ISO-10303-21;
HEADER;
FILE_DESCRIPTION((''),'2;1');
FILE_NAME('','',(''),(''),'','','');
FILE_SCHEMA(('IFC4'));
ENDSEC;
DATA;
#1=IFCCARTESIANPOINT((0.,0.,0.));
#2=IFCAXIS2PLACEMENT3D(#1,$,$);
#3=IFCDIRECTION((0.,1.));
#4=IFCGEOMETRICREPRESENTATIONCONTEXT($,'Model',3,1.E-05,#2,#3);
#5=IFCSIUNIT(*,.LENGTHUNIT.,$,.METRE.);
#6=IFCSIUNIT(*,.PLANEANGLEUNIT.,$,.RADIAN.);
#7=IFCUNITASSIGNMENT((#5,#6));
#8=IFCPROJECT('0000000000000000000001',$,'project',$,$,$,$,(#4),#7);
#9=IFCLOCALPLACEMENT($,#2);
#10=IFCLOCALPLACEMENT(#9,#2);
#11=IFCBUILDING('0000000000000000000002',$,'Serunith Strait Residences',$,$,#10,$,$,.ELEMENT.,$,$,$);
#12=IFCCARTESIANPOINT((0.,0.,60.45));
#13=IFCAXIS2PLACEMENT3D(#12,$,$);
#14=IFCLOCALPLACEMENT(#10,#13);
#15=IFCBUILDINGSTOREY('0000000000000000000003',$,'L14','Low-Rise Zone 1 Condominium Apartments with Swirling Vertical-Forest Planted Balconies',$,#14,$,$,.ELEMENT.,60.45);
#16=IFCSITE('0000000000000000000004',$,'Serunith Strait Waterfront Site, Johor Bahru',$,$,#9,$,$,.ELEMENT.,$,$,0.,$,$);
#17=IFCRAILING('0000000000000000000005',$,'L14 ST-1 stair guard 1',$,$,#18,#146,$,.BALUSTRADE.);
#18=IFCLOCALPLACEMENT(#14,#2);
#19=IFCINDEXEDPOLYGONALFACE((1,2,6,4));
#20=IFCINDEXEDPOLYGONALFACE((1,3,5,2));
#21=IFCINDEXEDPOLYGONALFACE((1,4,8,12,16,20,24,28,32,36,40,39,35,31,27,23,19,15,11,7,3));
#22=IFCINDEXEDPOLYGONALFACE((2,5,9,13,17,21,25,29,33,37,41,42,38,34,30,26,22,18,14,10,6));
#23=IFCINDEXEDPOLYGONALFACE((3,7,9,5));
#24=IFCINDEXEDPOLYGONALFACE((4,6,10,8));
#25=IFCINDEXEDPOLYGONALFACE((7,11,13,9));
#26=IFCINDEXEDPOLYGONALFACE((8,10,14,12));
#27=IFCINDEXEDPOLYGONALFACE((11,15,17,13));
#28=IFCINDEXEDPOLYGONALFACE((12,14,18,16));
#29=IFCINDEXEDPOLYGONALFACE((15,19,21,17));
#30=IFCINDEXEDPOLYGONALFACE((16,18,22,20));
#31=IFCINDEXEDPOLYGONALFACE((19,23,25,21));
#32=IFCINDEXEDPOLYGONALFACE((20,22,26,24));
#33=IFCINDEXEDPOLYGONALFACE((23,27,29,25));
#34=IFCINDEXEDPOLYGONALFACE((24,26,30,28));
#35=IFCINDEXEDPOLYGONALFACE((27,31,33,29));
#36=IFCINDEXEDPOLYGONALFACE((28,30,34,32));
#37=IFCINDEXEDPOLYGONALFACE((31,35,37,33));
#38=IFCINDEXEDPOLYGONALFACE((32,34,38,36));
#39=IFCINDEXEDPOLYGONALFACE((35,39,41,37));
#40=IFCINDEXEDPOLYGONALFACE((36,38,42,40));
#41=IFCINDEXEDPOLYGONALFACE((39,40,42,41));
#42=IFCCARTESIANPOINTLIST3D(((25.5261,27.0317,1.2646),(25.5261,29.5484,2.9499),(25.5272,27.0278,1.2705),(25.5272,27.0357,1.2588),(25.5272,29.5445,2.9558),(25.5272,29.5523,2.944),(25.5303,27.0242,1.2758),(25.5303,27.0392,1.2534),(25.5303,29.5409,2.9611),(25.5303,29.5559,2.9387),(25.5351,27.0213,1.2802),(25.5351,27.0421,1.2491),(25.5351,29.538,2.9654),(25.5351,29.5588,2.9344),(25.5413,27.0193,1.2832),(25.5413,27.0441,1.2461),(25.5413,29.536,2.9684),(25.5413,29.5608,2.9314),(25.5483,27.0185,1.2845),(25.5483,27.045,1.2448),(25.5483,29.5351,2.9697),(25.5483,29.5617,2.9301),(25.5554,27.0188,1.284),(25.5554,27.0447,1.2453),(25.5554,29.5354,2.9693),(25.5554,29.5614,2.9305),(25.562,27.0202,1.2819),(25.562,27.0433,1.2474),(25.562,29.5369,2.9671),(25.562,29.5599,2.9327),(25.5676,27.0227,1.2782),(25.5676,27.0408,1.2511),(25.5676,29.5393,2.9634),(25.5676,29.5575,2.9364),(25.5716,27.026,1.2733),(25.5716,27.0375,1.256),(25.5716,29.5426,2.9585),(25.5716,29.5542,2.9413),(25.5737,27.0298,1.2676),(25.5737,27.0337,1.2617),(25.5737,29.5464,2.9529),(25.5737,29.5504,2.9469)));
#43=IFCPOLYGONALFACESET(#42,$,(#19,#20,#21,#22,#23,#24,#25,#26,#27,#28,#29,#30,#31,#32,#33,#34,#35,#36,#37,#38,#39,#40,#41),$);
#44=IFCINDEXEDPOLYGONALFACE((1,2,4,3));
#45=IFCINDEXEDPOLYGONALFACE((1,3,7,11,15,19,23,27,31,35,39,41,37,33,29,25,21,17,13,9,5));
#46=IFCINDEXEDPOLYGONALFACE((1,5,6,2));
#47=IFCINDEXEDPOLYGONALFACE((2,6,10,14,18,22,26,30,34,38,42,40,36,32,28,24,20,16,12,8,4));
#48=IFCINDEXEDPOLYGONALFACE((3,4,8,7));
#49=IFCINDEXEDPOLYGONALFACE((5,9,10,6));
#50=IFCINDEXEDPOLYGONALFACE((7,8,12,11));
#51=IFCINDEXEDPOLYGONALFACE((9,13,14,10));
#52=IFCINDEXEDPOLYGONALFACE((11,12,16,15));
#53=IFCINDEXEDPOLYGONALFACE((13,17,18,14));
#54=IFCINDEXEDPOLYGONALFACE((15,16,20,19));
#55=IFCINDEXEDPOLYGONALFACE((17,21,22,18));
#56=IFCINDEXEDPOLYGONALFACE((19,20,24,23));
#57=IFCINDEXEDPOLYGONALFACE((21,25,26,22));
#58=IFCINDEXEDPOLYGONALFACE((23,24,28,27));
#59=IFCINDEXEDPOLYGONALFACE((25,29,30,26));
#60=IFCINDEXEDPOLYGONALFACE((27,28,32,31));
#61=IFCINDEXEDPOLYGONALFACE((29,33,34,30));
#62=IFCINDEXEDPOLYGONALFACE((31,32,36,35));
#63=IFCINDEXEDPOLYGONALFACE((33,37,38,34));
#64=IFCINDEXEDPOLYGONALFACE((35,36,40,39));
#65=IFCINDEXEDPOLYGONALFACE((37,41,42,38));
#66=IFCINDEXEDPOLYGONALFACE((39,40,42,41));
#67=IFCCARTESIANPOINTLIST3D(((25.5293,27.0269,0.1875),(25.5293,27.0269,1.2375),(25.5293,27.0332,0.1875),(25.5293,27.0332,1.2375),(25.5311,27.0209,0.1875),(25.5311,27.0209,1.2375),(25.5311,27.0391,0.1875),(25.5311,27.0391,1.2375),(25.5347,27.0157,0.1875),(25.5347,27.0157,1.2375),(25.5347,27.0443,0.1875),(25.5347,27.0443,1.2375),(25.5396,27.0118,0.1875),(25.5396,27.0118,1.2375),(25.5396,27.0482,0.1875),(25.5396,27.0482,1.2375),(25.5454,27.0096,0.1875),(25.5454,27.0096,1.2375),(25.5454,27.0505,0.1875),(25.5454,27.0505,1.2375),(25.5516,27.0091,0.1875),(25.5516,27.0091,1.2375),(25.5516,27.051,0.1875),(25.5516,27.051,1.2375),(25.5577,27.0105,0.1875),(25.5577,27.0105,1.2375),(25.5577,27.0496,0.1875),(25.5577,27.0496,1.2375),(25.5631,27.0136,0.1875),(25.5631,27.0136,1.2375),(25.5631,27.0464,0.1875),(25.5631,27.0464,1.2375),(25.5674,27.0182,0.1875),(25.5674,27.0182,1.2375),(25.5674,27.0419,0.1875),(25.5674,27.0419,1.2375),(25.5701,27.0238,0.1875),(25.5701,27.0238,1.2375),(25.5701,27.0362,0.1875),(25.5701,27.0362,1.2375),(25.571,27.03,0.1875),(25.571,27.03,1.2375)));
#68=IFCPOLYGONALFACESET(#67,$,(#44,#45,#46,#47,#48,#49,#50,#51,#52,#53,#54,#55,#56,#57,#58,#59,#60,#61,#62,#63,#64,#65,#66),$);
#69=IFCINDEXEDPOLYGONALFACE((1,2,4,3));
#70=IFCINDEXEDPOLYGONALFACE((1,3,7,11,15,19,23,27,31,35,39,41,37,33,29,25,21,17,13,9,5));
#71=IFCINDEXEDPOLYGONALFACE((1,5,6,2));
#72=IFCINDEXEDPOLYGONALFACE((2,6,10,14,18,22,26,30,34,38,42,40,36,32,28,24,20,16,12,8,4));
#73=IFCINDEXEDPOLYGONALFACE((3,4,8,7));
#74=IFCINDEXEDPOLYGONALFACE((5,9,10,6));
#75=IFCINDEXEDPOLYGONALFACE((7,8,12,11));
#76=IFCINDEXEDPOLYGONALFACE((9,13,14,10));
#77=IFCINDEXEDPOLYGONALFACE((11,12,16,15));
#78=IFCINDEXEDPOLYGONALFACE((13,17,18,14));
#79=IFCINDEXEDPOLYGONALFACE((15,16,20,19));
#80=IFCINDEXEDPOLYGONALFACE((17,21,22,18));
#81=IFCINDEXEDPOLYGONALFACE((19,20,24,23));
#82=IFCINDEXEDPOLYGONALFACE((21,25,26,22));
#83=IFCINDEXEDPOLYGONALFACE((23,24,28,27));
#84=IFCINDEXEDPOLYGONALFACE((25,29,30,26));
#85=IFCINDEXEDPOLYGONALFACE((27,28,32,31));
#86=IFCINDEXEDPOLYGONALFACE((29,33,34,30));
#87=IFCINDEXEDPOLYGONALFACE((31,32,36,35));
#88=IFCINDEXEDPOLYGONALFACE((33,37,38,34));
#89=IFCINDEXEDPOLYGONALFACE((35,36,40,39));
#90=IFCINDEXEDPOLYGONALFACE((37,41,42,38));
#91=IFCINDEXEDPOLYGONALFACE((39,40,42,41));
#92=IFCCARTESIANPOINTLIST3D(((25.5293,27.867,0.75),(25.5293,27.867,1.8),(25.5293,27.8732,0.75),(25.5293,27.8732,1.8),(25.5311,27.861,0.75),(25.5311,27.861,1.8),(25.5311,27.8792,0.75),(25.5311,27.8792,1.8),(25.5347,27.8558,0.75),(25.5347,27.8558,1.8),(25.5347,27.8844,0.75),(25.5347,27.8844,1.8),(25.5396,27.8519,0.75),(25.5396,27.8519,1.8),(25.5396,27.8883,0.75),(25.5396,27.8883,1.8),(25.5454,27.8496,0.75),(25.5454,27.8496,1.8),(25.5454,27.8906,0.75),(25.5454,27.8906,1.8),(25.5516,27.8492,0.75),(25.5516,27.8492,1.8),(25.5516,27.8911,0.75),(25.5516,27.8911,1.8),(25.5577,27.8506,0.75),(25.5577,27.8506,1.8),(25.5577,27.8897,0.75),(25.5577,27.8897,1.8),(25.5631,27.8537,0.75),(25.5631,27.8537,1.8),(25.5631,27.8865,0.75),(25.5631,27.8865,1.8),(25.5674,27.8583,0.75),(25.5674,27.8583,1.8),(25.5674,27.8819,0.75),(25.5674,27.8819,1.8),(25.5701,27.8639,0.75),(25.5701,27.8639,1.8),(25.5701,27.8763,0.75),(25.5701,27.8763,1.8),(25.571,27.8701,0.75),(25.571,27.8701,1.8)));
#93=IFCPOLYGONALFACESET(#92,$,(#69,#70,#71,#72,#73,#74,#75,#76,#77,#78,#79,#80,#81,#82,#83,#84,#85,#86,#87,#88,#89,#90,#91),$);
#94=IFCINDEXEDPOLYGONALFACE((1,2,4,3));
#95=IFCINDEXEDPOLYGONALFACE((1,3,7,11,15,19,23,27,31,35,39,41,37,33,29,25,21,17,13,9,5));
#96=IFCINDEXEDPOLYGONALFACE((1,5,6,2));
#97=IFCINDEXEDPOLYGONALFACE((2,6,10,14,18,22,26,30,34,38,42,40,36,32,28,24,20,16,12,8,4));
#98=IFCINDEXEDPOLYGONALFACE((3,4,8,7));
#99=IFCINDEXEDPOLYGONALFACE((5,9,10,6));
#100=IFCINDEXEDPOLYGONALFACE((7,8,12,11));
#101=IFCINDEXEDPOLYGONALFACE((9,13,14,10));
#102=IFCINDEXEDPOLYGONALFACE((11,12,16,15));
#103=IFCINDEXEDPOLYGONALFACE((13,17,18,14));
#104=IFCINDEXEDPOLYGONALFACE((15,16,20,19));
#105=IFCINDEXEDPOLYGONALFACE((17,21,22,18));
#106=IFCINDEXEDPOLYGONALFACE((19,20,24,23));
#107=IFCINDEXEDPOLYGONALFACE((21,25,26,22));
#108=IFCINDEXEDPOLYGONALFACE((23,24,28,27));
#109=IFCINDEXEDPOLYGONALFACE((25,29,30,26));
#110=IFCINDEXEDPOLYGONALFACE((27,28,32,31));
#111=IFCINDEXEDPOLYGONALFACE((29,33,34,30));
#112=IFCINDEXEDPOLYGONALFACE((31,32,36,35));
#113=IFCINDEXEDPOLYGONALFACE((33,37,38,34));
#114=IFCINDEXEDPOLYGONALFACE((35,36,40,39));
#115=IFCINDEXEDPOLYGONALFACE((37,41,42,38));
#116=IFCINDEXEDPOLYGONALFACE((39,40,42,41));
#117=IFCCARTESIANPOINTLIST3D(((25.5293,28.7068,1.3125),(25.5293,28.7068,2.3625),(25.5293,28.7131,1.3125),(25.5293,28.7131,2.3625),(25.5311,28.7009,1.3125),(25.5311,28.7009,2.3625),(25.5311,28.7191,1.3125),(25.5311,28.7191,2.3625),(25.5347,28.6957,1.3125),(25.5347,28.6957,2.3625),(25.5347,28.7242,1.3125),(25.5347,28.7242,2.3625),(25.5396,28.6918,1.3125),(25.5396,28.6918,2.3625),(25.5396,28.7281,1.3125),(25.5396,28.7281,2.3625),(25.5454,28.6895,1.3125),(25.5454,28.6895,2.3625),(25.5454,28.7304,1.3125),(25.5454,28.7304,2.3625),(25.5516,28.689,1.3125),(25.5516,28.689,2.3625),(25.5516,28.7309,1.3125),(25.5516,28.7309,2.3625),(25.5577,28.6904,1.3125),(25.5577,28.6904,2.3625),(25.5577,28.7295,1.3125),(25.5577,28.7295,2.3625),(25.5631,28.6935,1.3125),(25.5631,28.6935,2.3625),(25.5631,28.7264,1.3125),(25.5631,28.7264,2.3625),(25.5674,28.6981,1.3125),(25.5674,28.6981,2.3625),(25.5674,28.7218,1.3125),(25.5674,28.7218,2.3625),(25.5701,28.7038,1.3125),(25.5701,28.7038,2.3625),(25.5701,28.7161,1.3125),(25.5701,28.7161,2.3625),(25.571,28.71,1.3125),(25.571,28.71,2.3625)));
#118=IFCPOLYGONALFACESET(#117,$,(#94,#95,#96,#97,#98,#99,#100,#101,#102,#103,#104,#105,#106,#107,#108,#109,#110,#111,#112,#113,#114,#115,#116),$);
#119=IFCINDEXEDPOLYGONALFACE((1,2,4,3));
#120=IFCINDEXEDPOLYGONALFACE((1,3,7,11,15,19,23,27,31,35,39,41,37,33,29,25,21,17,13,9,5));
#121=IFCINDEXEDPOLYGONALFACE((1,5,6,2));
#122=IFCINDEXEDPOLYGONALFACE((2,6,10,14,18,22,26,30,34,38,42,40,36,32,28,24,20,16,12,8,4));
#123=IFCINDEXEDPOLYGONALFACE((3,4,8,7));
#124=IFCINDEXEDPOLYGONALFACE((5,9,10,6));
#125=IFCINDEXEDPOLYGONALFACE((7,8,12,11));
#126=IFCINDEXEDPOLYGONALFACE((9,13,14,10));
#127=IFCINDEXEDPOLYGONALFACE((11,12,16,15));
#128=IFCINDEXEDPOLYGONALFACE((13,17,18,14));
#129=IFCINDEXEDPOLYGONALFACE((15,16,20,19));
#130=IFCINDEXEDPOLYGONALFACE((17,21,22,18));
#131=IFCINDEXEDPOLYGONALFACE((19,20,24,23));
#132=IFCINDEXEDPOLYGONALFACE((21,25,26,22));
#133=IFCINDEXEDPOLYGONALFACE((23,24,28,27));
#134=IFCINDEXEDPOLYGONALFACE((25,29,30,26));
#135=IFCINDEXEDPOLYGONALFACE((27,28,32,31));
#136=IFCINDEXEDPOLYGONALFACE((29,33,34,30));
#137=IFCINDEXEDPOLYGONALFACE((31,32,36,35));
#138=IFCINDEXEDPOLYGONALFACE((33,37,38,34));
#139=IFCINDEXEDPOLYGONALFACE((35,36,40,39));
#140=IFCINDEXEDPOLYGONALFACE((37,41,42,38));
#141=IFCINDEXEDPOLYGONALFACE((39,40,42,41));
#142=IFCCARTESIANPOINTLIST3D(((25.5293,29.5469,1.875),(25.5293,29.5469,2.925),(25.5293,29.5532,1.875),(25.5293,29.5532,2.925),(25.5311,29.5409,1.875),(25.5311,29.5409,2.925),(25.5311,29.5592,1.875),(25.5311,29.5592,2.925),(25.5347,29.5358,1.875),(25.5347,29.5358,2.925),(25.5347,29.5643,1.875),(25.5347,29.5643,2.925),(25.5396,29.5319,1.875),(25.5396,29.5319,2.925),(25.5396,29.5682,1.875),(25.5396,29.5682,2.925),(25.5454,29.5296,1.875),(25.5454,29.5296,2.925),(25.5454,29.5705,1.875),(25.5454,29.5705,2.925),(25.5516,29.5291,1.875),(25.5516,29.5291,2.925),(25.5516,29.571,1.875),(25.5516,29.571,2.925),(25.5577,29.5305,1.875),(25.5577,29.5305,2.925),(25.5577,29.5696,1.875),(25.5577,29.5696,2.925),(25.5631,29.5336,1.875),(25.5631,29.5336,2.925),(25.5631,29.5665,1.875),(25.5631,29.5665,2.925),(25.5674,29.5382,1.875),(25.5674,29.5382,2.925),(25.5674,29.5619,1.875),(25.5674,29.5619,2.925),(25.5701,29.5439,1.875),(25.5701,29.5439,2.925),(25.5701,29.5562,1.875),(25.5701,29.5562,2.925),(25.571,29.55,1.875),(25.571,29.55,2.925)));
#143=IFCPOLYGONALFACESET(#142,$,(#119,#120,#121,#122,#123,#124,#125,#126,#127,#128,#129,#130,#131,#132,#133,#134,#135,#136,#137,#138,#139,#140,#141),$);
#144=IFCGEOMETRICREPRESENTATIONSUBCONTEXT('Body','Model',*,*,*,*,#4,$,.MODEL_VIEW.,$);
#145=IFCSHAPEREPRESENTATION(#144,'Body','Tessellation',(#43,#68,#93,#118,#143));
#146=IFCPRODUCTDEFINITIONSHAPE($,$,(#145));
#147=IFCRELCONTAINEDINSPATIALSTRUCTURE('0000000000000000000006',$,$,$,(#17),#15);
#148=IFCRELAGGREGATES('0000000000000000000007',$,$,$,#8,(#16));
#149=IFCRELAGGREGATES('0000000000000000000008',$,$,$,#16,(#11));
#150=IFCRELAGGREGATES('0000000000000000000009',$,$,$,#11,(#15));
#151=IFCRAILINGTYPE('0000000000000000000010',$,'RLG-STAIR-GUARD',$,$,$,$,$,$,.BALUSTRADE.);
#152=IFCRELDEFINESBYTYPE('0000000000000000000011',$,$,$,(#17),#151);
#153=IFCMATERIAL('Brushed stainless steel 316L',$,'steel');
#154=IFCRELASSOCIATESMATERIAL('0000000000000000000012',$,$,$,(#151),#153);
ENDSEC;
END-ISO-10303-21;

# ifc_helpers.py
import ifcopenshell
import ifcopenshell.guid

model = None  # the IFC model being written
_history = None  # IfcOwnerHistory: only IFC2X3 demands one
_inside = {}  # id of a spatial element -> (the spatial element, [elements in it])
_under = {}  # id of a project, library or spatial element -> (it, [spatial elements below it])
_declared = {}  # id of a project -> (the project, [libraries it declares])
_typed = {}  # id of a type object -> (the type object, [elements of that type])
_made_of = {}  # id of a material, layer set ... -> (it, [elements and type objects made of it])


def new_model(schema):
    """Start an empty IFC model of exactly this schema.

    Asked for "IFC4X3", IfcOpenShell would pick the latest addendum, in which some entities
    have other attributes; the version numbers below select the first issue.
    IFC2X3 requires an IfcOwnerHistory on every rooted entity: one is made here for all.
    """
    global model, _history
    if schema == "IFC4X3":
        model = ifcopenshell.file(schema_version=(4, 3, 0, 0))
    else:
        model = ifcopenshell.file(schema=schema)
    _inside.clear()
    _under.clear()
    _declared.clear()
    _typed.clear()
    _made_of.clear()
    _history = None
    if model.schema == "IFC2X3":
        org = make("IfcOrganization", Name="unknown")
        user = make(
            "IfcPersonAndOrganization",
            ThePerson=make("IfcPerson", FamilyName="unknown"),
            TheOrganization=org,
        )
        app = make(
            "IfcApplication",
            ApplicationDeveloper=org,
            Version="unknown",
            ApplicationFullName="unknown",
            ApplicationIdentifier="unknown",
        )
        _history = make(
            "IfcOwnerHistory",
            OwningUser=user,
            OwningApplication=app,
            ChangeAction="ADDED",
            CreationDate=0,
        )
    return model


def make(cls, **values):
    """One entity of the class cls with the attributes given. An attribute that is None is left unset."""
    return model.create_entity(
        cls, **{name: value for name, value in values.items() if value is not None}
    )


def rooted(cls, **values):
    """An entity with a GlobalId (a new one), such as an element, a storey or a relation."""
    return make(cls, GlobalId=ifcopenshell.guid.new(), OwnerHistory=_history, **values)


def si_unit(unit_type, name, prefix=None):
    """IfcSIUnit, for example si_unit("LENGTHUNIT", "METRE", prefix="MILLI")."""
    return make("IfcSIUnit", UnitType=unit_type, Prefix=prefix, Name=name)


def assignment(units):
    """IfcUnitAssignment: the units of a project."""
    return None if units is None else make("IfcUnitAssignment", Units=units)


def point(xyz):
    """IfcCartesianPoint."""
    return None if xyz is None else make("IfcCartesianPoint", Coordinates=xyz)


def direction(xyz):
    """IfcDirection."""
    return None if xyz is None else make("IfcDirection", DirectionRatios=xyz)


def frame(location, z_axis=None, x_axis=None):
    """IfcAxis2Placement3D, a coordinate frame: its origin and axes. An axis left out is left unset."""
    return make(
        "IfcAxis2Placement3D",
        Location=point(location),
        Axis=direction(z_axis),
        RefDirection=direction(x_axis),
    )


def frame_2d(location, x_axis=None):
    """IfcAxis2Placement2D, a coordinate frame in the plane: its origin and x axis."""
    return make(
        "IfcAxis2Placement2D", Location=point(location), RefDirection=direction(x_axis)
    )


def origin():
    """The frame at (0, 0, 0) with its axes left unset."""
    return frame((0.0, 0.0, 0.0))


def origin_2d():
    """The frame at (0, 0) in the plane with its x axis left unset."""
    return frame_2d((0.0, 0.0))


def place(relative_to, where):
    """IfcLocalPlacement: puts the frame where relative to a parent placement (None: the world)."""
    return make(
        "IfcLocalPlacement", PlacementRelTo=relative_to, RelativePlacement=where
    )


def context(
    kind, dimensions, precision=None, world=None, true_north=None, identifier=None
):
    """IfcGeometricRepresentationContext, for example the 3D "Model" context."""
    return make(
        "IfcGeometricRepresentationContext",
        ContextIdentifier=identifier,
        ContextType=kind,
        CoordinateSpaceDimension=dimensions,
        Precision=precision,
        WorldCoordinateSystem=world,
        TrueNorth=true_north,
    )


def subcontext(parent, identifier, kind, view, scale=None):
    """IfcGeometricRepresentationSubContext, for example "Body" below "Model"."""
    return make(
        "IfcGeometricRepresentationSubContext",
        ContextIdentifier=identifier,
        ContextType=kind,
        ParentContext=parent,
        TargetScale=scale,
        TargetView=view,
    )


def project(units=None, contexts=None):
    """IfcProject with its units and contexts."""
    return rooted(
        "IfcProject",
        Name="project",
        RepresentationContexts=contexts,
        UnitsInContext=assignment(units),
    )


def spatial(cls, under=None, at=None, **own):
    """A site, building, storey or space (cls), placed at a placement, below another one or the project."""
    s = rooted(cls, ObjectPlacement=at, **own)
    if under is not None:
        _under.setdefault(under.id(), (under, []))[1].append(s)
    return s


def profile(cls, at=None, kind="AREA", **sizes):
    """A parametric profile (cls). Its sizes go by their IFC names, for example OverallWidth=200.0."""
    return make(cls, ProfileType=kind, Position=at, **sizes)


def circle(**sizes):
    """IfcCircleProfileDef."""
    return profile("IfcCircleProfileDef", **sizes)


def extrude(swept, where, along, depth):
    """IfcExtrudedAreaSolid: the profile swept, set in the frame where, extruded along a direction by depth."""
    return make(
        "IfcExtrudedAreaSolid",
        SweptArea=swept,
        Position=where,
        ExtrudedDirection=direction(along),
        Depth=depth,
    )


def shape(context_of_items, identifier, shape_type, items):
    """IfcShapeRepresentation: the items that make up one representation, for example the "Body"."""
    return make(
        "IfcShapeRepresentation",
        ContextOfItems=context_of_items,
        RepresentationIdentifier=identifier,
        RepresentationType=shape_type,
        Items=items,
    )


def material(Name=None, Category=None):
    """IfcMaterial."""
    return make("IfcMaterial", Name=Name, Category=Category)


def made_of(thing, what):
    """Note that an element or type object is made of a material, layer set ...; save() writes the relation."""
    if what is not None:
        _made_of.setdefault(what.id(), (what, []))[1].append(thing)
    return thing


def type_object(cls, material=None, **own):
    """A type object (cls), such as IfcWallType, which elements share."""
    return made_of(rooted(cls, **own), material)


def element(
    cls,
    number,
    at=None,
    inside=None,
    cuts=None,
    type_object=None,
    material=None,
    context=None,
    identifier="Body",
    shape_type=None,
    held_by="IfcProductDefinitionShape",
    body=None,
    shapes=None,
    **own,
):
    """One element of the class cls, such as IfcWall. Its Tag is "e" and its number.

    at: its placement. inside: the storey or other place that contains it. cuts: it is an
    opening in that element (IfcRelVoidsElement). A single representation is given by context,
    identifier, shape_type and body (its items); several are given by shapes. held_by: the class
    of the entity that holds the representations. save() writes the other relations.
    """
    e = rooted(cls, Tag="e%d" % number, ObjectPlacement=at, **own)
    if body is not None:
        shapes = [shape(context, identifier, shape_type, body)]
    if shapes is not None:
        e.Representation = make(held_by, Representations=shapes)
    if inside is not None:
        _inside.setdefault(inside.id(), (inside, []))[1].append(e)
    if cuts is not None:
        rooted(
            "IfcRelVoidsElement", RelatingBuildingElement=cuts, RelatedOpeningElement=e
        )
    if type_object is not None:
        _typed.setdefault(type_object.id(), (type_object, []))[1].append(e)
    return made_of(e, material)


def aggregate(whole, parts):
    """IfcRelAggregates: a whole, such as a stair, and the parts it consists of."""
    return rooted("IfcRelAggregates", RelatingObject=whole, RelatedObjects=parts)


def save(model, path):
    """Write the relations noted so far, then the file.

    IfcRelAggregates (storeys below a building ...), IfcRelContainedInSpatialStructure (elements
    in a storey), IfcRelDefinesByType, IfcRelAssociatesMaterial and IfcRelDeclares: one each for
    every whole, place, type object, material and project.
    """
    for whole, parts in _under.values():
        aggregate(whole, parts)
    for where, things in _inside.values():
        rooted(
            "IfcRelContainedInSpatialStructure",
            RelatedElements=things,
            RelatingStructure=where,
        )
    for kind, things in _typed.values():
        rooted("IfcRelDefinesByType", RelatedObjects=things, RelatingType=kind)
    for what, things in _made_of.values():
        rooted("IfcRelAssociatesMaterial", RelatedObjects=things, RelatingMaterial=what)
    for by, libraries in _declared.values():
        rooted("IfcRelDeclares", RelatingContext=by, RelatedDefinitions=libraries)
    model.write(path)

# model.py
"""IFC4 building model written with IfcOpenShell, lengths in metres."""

from ifc_helpers import new_model, si_unit, direction, frame, origin, origin_2d, place, context, subcontext, project, spatial, circle, extrude, material, type_object, element, save


model = new_model("IFC4")

# Units and contexts
model_context = context("Model", 3, precision=1e-05, world=origin(), true_north=direction((0.0, 1.0)))
body_context = subcontext(model_context, "Body", "Model", "MODEL_VIEW")
ifc_project = project(units=[si_unit("LENGTHUNIT", "METRE"), si_unit("PLANEANGLEUNIT", "RADIAN")], contexts=[model_context])

# Site, building, storey
site_placement = place(None, origin())
site = spatial("IfcSite", under=ifc_project, at=site_placement, Name="Serunith Strait Waterfront Site, Johor Bahru", CompositionType="ELEMENT", RefElevation=0.0)
building_placement = place(site_placement, origin())
building = spatial("IfcBuilding", under=site, at=building_placement, Name="Serunith Strait Residences", CompositionType="ELEMENT")
storey_placement = place(building_placement, frame((0.0, 0.0, 60.45)))
storey = spatial("IfcBuildingStorey", under=building, at=storey_placement, Name="L14", Description="Low-Rise Zone 1 Condominium Apartments with Swirling Vertical-Forest Planted Balconies", CompositionType="ELEMENT", Elevation=60.45)

# Railing
ifc_material_1 = material(Name="Brushed stainless steel 316L", Category="steel")
railing_type_1 = type_object("IfcRailingType", Name="RLG-STAIR-GUARD", PredefinedType="BALUSTRADE", material=ifc_material_1)
railing_1_placement = place(storey_placement, frame((25.55, 27.03, 0.1875)))
element("IfcRailing", 1, at=railing_1_placement, inside=storey, type_object=railing_type_1, Name="L14 ST-1 stair guard 1", PredefinedType="BALUSTRADE", context=body_context, shape_type="SweptSolid", body=[
    extrude(circle(Radius=0.0239, at=origin_2d()), frame((0.0, 0.0017, 1.0771), z_axis=(0.0, 0.830909, 0.556408), x_axis=(-1.0, 0.0, 0.0)), (0.0, 0.0, 1.0), 3.0288),
    extrude(circle(Radius=0.021, at=origin_2d()), origin(), (0.0, 0.0, 1.0), 1.05),
    extrude(circle(Radius=0.021, at=origin_2d()), frame((0.0, 0.8401, 0.5625)), (0.0, 0.0, 1.0), 1.05),
    extrude(circle(Radius=0.021, at=origin_2d()), frame((0.0, 1.6799, 1.125)), (0.0, 0.0, 1.0), 1.05),
    extrude(circle(Radius=0.021, at=origin_2d()), frame((0.0, 2.52, 1.6875)), (0.0, 0.0, 1.0), 1.05),
])

save(model, "model.ifc")
